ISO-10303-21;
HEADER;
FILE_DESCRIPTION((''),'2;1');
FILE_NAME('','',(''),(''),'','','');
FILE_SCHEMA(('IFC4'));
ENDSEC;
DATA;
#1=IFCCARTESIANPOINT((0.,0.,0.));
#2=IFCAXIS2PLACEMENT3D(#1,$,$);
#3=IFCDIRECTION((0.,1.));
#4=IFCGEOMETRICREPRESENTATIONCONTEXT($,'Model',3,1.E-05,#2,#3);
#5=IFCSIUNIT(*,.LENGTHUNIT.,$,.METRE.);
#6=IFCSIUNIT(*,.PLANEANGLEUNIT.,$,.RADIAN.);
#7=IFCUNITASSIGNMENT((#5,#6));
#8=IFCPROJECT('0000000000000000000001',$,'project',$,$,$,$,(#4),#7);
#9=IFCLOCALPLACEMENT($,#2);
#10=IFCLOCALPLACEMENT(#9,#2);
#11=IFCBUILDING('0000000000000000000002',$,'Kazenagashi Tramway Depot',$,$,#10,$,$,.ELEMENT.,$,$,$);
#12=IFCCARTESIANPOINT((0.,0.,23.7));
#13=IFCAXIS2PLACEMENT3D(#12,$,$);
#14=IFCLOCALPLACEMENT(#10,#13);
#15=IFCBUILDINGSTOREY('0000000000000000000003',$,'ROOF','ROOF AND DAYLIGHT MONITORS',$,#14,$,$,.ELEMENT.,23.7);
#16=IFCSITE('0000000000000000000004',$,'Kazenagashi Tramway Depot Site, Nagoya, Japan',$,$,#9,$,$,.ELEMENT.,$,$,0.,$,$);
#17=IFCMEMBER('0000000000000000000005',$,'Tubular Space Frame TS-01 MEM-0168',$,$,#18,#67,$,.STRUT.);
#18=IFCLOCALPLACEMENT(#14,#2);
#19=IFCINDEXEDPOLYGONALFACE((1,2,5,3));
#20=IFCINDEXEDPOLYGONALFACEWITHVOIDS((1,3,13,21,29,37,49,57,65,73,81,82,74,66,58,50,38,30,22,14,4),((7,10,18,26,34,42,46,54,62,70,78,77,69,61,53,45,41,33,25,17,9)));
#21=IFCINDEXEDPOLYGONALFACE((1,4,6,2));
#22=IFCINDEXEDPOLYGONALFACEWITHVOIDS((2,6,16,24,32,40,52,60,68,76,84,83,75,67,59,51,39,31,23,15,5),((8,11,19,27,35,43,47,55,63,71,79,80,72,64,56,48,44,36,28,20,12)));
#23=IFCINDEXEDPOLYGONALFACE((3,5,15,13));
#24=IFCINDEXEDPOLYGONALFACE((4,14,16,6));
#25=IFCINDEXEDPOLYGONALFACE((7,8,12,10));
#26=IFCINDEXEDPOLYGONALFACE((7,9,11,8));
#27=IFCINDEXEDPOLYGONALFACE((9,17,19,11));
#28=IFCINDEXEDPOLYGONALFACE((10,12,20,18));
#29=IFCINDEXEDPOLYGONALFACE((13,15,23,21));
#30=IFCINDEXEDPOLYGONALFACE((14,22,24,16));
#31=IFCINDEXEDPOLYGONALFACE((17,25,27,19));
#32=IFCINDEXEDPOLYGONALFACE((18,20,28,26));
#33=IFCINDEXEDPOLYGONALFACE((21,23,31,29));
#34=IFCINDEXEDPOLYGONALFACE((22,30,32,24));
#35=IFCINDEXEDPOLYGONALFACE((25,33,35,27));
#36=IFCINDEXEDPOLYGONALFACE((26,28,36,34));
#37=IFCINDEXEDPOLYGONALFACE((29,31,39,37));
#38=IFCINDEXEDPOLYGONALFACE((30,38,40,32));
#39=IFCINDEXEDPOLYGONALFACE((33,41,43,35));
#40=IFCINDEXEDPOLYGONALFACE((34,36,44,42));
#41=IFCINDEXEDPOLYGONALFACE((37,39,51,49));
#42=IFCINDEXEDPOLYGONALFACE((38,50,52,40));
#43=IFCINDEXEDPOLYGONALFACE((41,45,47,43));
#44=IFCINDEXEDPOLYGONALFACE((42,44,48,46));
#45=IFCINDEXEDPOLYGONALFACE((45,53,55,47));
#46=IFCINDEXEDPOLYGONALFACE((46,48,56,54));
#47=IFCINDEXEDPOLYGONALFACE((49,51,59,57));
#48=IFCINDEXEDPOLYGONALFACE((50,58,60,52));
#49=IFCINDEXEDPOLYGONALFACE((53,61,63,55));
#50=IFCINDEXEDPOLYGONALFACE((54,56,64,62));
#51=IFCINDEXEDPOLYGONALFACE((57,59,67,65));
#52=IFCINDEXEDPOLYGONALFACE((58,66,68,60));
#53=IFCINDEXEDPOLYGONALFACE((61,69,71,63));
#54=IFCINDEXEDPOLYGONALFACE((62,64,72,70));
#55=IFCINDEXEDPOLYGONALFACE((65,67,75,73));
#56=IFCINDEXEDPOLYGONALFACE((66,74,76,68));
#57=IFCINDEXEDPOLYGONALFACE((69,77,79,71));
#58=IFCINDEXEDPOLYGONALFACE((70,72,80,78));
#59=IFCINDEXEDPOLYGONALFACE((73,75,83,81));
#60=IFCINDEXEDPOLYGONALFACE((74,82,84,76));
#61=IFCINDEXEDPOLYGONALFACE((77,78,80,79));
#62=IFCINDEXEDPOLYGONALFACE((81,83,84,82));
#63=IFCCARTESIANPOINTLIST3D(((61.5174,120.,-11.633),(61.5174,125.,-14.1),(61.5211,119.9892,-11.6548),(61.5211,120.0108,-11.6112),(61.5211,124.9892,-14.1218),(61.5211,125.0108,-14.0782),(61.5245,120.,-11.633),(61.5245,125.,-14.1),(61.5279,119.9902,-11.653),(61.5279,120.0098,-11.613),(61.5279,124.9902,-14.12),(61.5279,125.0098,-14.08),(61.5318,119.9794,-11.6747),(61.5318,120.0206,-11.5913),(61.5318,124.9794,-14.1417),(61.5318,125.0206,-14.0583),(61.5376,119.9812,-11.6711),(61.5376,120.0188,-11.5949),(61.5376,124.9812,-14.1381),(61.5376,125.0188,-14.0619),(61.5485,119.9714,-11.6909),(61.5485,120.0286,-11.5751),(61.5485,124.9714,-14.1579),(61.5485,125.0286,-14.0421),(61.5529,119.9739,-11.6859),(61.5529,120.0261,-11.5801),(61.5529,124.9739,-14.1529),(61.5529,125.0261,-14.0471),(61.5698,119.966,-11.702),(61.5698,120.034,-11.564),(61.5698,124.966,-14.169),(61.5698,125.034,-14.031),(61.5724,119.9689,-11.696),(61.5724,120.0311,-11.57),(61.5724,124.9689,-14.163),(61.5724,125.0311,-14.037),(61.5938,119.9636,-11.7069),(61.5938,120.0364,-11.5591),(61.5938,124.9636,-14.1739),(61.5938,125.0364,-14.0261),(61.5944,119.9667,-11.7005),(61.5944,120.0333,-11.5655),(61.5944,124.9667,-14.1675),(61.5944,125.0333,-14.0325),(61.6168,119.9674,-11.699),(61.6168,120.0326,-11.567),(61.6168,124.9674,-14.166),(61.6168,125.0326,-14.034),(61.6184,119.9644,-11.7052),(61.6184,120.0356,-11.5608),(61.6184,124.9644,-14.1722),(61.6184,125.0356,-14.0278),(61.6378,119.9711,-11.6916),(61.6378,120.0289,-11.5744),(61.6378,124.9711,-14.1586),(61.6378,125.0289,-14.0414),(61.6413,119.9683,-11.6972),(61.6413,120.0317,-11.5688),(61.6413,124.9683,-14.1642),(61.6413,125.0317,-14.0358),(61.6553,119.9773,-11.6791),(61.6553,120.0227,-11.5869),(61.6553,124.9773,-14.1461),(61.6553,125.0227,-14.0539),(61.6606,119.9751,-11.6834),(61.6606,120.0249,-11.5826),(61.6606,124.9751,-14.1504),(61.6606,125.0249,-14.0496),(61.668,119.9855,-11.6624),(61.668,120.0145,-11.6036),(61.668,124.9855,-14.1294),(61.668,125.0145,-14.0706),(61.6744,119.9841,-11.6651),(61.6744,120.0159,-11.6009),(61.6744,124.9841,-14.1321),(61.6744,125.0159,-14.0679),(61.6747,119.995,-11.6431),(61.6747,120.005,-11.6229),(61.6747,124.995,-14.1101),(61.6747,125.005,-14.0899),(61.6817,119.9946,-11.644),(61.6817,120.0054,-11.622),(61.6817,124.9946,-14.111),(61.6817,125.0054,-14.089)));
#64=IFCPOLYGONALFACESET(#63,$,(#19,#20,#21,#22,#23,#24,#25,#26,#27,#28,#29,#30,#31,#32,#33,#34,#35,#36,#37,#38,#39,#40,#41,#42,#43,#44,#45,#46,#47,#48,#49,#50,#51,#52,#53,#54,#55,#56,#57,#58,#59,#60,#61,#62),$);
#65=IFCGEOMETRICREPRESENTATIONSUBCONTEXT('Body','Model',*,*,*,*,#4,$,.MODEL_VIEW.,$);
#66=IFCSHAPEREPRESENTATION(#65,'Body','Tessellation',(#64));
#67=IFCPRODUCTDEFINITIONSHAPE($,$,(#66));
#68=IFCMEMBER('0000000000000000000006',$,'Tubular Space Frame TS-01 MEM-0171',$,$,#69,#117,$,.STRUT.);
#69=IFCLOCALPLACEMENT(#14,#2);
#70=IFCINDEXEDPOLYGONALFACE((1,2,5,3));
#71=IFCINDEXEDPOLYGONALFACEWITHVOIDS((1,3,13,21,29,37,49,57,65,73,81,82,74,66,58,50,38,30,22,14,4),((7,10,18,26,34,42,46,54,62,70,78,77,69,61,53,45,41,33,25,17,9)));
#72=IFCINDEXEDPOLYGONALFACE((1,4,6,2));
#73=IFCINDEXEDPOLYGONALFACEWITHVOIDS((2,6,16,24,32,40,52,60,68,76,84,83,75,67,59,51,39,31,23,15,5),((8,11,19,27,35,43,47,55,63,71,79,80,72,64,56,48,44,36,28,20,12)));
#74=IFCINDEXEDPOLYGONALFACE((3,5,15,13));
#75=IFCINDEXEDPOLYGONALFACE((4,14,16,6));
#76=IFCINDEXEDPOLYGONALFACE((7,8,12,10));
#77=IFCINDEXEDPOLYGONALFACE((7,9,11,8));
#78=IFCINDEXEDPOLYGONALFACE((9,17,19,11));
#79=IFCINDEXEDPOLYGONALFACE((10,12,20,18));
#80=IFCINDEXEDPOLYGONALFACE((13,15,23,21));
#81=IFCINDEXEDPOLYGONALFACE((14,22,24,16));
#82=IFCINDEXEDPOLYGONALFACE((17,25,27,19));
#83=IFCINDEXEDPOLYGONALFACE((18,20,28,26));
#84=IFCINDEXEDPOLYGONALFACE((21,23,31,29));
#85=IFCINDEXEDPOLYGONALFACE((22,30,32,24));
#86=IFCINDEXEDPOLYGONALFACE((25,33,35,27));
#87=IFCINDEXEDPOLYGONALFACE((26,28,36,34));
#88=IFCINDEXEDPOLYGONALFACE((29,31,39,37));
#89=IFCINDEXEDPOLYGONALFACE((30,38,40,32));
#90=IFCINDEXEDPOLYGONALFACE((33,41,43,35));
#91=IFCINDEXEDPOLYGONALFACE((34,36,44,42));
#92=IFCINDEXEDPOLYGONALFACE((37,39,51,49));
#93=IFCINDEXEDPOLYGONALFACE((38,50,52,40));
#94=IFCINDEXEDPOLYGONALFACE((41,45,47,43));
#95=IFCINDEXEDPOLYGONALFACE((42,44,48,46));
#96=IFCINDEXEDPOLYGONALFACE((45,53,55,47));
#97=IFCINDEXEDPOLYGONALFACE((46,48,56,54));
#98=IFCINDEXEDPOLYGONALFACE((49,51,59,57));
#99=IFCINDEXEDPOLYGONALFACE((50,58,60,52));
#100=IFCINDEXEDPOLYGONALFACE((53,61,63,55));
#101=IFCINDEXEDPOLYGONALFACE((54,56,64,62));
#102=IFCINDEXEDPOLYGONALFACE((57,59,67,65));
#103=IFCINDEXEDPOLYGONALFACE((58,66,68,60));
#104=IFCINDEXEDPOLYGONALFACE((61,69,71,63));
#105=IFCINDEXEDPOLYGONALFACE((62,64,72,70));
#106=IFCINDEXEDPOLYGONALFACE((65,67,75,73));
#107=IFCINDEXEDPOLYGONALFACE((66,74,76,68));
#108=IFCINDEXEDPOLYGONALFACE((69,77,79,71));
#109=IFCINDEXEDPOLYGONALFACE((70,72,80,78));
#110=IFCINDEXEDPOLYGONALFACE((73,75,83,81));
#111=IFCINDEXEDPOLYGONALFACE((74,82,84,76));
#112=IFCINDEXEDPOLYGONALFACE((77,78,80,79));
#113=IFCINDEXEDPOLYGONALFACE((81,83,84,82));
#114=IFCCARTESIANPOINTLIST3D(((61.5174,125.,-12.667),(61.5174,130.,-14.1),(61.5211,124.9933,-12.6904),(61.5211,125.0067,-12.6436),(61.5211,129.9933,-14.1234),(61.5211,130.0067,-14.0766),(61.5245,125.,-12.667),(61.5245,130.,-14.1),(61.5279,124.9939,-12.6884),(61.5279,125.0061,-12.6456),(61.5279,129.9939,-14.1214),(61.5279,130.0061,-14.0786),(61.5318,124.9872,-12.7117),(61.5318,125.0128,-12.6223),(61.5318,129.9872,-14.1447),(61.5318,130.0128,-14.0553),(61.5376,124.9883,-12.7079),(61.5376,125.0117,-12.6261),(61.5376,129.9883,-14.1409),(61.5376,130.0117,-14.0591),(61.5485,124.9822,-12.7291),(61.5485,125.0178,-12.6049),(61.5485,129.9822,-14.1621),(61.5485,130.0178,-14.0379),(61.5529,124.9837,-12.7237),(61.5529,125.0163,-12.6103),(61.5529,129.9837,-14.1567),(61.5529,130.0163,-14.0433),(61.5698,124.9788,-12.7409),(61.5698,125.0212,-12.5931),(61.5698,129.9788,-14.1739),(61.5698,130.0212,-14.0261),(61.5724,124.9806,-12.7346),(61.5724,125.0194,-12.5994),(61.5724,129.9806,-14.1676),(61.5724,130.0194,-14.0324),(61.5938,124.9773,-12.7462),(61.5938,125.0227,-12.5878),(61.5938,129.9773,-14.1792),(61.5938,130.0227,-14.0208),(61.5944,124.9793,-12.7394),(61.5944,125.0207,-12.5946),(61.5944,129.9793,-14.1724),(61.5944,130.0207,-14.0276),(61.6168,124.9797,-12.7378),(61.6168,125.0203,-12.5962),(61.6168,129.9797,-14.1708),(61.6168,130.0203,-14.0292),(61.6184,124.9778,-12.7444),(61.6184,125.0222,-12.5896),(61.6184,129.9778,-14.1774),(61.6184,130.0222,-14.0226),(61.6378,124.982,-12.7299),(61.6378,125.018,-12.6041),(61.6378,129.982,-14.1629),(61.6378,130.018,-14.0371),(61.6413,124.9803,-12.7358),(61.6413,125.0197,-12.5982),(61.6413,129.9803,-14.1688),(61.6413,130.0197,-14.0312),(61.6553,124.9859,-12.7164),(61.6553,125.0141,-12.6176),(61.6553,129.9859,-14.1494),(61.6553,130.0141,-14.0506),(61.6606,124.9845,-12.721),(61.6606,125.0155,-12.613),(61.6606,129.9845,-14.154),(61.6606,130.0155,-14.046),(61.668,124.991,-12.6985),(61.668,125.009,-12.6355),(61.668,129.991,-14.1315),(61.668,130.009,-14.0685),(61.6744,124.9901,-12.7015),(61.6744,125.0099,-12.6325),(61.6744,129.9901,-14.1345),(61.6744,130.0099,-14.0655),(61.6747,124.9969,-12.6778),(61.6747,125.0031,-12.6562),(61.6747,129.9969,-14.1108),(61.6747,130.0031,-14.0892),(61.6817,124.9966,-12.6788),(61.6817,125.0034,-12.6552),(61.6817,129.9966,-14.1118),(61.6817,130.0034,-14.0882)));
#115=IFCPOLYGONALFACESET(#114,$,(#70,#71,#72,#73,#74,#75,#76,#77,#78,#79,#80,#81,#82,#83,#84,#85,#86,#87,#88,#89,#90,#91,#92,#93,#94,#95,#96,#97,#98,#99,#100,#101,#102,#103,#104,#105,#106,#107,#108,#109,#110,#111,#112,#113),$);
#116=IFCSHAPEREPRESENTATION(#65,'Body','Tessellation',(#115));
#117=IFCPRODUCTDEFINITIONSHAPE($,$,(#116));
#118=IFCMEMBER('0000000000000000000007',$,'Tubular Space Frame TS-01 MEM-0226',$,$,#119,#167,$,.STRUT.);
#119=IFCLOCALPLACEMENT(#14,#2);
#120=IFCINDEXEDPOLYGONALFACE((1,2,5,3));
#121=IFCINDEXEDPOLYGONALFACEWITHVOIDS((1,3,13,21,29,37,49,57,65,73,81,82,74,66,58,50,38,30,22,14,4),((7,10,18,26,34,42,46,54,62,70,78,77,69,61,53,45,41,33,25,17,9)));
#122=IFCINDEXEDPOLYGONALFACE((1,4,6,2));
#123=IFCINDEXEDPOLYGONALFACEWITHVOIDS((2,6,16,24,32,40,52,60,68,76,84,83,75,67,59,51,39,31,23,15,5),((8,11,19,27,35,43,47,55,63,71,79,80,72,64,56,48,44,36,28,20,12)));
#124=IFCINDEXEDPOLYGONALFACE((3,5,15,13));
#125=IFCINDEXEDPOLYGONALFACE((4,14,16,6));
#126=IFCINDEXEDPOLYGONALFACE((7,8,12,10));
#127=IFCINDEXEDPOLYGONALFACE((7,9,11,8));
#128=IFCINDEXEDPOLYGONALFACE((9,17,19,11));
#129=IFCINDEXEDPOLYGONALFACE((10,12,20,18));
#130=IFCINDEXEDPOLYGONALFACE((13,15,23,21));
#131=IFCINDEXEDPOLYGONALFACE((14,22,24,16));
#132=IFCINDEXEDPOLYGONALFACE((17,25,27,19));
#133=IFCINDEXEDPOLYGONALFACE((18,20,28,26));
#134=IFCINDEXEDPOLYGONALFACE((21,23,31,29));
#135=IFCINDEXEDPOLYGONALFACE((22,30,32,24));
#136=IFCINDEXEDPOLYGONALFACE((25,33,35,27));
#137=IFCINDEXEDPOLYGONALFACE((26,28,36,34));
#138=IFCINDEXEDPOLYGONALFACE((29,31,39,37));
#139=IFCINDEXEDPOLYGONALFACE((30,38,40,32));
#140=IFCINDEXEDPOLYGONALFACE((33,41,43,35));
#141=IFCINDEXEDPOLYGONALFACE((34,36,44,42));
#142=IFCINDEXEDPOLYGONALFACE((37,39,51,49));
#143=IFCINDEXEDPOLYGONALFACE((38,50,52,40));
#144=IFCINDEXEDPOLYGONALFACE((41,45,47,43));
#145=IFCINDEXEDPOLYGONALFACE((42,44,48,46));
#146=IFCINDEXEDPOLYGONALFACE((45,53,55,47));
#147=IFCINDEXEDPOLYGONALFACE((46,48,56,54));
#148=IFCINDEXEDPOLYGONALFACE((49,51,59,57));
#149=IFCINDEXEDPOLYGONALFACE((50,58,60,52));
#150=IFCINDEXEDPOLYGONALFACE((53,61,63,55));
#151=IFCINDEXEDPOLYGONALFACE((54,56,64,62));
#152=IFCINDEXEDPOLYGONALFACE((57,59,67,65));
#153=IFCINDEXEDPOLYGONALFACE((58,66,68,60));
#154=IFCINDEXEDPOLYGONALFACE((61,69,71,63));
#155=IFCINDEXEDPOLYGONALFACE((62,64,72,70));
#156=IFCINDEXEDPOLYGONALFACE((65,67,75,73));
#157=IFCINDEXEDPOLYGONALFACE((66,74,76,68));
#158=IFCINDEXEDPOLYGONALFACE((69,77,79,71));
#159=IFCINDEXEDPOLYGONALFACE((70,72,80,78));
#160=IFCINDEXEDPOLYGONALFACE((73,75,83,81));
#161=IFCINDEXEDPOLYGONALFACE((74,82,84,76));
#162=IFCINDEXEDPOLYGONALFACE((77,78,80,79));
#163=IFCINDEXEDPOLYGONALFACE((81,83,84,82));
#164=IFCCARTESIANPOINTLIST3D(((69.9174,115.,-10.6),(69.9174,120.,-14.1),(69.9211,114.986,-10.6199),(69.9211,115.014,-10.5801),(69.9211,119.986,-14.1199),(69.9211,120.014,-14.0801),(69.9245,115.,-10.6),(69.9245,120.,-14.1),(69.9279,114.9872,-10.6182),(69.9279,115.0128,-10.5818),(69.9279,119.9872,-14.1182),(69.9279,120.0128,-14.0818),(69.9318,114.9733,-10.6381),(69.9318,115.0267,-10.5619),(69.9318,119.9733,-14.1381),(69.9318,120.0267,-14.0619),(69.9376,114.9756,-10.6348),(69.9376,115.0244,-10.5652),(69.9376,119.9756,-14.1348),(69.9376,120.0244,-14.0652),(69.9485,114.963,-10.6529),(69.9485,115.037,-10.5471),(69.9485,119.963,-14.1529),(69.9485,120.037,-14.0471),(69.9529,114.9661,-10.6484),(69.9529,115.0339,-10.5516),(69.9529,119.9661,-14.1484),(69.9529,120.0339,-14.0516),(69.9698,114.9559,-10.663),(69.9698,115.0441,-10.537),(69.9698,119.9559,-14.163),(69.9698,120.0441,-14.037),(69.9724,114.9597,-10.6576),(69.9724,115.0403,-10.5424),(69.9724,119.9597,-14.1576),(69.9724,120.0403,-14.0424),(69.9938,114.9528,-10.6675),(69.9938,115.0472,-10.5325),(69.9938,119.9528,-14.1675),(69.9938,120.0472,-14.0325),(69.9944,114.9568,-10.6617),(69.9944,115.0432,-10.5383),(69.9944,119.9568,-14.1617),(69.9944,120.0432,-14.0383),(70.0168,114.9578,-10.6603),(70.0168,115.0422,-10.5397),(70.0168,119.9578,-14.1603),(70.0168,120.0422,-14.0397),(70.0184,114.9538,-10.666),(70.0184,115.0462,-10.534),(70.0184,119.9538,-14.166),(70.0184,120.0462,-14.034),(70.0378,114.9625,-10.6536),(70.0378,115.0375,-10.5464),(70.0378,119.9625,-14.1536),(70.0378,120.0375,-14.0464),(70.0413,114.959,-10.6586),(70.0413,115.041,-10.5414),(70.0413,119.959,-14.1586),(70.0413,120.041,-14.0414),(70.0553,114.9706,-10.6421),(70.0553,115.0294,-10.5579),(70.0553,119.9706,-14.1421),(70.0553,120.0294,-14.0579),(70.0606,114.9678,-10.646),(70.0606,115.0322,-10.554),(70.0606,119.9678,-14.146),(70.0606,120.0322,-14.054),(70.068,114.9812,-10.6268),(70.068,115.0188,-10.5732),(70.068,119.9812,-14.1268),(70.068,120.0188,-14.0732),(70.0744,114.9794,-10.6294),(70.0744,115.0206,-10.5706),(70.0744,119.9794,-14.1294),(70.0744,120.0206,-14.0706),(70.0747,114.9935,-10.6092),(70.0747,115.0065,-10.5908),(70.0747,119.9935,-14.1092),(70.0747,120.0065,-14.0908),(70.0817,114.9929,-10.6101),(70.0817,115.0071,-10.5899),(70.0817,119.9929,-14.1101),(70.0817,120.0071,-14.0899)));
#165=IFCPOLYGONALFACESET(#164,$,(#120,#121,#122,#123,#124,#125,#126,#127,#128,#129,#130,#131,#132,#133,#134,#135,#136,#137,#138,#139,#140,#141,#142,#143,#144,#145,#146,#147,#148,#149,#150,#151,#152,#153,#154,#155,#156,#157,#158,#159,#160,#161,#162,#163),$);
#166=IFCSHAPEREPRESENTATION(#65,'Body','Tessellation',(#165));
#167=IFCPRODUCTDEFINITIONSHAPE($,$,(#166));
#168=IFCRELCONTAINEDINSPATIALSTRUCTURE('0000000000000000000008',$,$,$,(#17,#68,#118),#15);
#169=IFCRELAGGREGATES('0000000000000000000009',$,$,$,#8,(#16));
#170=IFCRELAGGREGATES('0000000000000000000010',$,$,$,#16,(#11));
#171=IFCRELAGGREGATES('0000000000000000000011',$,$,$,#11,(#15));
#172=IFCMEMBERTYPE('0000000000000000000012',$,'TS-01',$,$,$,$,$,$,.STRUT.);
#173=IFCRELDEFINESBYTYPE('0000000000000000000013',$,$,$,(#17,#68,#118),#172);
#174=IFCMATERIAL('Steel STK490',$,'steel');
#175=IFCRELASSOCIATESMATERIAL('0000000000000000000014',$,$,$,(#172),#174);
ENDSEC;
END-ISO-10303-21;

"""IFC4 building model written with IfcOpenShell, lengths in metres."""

from ifc_helpers import new_model, si_unit, direction, frame, origin, origin_2d, place, context, subcontext, project, spatial, hollow_circle, extrude, material, material_profile, profile_set, type_object, element, save


model = new_model("IFC4")

# Units and contexts
model_context = context("Model", 3, precision=1e-05, world=origin(), true_north=direction((0.0, 1.0)))
body_context = subcontext(model_context, "Body", "Model", "MODEL_VIEW")
ifc_project = project(units=[si_unit("LENGTHUNIT", "METRE"), si_unit("PLANEANGLEUNIT", "RADIAN")], contexts=[model_context])

# Site, building, storey
site_placement = place(None, origin())
site = spatial("IfcSite", under=ifc_project, at=site_placement, Name="Kazenagashi Tramway Depot Site, Nagoya, Japan", CompositionType="ELEMENT", RefElevation=0.0)
building_placement = place(site_placement, origin())
building = spatial("IfcBuilding", under=site, at=building_placement, Name="Kazenagashi Tramway Depot", CompositionType="ELEMENT")
storey_placement = place(building_placement, frame((0.0, 0.0, 23.7)))
storey = spatial("IfcBuildingStorey", under=building, at=storey_placement, Name="ROOF", Description="ROOF AND DAYLIGHT MONITORS", CompositionType="ELEMENT", Elevation=23.7)

# Members
ifc_material_1 = material(Name="Steel STK490", Category="steel")
ifc_material_profile_1 = material_profile(ifc_material_1, hollow_circle(Radius=0.0826, WallThickness=0.0071, at=origin_2d()), Name="CHS-165.2x7.1")
ifc_profile_set_1 = profile_set([ifc_material_profile_1], Name="Steel STK490")
member_type_1 = type_object("IfcMemberType", Name="TS-01", PredefinedType="STRUT", material=ifc_profile_set_1)
member_1_placement = place(storey_placement, frame((61.6, 120.0, -11.633), z_axis=(0.0, 0.896782, -0.442472), x_axis=(-1.0, 0.0, 0.0)))
element("IfcMember", 1, at=member_1_placement, inside=storey, type_object=member_type_1, Name="Tubular Space Frame TS-01 MEM-0168", PredefinedType="STRUT", context=body_context, shape_type="SweptSolid", body=[
    extrude(hollow_circle(Radius=0.0826, WallThickness=0.0071, at=origin_2d()), origin(), (0.0, 0.0, 1.0), 5.5755),
])
member_2_placement = place(storey_placement, frame((61.6, 125.0, -12.667), z_axis=(0.0, 0.961299, -0.275508), x_axis=(-1.0, 0.0, 0.0)))
element("IfcMember", 2, at=member_2_placement, inside=storey, type_object=member_type_1, Name="Tubular Space Frame TS-01 MEM-0171", PredefinedType="STRUT", context=body_context, shape_type="SweptSolid", body=[
    extrude(hollow_circle(Radius=0.0826, WallThickness=0.0071, at=origin_2d()), origin(), (0.0, 0.0, 1.0), 5.2013),
])
member_3_placement = place(storey_placement, frame((70.0, 115.0, -10.6), z_axis=(0.0, 0.819232, -0.573462), x_axis=(-1.0, 0.0, 0.0)))
element("IfcMember", 3, at=member_3_placement, inside=storey, type_object=member_type_1, Name="Tubular Space Frame TS-01 MEM-0226", PredefinedType="STRUT", context=body_context, shape_type="SweptSolid", body=[
    extrude(hollow_circle(Radius=0.0826, WallThickness=0.0071, at=origin_2d()), origin(), (0.0, 0.0, 1.0), 6.1033),
])

save(model, "model.ifc")
